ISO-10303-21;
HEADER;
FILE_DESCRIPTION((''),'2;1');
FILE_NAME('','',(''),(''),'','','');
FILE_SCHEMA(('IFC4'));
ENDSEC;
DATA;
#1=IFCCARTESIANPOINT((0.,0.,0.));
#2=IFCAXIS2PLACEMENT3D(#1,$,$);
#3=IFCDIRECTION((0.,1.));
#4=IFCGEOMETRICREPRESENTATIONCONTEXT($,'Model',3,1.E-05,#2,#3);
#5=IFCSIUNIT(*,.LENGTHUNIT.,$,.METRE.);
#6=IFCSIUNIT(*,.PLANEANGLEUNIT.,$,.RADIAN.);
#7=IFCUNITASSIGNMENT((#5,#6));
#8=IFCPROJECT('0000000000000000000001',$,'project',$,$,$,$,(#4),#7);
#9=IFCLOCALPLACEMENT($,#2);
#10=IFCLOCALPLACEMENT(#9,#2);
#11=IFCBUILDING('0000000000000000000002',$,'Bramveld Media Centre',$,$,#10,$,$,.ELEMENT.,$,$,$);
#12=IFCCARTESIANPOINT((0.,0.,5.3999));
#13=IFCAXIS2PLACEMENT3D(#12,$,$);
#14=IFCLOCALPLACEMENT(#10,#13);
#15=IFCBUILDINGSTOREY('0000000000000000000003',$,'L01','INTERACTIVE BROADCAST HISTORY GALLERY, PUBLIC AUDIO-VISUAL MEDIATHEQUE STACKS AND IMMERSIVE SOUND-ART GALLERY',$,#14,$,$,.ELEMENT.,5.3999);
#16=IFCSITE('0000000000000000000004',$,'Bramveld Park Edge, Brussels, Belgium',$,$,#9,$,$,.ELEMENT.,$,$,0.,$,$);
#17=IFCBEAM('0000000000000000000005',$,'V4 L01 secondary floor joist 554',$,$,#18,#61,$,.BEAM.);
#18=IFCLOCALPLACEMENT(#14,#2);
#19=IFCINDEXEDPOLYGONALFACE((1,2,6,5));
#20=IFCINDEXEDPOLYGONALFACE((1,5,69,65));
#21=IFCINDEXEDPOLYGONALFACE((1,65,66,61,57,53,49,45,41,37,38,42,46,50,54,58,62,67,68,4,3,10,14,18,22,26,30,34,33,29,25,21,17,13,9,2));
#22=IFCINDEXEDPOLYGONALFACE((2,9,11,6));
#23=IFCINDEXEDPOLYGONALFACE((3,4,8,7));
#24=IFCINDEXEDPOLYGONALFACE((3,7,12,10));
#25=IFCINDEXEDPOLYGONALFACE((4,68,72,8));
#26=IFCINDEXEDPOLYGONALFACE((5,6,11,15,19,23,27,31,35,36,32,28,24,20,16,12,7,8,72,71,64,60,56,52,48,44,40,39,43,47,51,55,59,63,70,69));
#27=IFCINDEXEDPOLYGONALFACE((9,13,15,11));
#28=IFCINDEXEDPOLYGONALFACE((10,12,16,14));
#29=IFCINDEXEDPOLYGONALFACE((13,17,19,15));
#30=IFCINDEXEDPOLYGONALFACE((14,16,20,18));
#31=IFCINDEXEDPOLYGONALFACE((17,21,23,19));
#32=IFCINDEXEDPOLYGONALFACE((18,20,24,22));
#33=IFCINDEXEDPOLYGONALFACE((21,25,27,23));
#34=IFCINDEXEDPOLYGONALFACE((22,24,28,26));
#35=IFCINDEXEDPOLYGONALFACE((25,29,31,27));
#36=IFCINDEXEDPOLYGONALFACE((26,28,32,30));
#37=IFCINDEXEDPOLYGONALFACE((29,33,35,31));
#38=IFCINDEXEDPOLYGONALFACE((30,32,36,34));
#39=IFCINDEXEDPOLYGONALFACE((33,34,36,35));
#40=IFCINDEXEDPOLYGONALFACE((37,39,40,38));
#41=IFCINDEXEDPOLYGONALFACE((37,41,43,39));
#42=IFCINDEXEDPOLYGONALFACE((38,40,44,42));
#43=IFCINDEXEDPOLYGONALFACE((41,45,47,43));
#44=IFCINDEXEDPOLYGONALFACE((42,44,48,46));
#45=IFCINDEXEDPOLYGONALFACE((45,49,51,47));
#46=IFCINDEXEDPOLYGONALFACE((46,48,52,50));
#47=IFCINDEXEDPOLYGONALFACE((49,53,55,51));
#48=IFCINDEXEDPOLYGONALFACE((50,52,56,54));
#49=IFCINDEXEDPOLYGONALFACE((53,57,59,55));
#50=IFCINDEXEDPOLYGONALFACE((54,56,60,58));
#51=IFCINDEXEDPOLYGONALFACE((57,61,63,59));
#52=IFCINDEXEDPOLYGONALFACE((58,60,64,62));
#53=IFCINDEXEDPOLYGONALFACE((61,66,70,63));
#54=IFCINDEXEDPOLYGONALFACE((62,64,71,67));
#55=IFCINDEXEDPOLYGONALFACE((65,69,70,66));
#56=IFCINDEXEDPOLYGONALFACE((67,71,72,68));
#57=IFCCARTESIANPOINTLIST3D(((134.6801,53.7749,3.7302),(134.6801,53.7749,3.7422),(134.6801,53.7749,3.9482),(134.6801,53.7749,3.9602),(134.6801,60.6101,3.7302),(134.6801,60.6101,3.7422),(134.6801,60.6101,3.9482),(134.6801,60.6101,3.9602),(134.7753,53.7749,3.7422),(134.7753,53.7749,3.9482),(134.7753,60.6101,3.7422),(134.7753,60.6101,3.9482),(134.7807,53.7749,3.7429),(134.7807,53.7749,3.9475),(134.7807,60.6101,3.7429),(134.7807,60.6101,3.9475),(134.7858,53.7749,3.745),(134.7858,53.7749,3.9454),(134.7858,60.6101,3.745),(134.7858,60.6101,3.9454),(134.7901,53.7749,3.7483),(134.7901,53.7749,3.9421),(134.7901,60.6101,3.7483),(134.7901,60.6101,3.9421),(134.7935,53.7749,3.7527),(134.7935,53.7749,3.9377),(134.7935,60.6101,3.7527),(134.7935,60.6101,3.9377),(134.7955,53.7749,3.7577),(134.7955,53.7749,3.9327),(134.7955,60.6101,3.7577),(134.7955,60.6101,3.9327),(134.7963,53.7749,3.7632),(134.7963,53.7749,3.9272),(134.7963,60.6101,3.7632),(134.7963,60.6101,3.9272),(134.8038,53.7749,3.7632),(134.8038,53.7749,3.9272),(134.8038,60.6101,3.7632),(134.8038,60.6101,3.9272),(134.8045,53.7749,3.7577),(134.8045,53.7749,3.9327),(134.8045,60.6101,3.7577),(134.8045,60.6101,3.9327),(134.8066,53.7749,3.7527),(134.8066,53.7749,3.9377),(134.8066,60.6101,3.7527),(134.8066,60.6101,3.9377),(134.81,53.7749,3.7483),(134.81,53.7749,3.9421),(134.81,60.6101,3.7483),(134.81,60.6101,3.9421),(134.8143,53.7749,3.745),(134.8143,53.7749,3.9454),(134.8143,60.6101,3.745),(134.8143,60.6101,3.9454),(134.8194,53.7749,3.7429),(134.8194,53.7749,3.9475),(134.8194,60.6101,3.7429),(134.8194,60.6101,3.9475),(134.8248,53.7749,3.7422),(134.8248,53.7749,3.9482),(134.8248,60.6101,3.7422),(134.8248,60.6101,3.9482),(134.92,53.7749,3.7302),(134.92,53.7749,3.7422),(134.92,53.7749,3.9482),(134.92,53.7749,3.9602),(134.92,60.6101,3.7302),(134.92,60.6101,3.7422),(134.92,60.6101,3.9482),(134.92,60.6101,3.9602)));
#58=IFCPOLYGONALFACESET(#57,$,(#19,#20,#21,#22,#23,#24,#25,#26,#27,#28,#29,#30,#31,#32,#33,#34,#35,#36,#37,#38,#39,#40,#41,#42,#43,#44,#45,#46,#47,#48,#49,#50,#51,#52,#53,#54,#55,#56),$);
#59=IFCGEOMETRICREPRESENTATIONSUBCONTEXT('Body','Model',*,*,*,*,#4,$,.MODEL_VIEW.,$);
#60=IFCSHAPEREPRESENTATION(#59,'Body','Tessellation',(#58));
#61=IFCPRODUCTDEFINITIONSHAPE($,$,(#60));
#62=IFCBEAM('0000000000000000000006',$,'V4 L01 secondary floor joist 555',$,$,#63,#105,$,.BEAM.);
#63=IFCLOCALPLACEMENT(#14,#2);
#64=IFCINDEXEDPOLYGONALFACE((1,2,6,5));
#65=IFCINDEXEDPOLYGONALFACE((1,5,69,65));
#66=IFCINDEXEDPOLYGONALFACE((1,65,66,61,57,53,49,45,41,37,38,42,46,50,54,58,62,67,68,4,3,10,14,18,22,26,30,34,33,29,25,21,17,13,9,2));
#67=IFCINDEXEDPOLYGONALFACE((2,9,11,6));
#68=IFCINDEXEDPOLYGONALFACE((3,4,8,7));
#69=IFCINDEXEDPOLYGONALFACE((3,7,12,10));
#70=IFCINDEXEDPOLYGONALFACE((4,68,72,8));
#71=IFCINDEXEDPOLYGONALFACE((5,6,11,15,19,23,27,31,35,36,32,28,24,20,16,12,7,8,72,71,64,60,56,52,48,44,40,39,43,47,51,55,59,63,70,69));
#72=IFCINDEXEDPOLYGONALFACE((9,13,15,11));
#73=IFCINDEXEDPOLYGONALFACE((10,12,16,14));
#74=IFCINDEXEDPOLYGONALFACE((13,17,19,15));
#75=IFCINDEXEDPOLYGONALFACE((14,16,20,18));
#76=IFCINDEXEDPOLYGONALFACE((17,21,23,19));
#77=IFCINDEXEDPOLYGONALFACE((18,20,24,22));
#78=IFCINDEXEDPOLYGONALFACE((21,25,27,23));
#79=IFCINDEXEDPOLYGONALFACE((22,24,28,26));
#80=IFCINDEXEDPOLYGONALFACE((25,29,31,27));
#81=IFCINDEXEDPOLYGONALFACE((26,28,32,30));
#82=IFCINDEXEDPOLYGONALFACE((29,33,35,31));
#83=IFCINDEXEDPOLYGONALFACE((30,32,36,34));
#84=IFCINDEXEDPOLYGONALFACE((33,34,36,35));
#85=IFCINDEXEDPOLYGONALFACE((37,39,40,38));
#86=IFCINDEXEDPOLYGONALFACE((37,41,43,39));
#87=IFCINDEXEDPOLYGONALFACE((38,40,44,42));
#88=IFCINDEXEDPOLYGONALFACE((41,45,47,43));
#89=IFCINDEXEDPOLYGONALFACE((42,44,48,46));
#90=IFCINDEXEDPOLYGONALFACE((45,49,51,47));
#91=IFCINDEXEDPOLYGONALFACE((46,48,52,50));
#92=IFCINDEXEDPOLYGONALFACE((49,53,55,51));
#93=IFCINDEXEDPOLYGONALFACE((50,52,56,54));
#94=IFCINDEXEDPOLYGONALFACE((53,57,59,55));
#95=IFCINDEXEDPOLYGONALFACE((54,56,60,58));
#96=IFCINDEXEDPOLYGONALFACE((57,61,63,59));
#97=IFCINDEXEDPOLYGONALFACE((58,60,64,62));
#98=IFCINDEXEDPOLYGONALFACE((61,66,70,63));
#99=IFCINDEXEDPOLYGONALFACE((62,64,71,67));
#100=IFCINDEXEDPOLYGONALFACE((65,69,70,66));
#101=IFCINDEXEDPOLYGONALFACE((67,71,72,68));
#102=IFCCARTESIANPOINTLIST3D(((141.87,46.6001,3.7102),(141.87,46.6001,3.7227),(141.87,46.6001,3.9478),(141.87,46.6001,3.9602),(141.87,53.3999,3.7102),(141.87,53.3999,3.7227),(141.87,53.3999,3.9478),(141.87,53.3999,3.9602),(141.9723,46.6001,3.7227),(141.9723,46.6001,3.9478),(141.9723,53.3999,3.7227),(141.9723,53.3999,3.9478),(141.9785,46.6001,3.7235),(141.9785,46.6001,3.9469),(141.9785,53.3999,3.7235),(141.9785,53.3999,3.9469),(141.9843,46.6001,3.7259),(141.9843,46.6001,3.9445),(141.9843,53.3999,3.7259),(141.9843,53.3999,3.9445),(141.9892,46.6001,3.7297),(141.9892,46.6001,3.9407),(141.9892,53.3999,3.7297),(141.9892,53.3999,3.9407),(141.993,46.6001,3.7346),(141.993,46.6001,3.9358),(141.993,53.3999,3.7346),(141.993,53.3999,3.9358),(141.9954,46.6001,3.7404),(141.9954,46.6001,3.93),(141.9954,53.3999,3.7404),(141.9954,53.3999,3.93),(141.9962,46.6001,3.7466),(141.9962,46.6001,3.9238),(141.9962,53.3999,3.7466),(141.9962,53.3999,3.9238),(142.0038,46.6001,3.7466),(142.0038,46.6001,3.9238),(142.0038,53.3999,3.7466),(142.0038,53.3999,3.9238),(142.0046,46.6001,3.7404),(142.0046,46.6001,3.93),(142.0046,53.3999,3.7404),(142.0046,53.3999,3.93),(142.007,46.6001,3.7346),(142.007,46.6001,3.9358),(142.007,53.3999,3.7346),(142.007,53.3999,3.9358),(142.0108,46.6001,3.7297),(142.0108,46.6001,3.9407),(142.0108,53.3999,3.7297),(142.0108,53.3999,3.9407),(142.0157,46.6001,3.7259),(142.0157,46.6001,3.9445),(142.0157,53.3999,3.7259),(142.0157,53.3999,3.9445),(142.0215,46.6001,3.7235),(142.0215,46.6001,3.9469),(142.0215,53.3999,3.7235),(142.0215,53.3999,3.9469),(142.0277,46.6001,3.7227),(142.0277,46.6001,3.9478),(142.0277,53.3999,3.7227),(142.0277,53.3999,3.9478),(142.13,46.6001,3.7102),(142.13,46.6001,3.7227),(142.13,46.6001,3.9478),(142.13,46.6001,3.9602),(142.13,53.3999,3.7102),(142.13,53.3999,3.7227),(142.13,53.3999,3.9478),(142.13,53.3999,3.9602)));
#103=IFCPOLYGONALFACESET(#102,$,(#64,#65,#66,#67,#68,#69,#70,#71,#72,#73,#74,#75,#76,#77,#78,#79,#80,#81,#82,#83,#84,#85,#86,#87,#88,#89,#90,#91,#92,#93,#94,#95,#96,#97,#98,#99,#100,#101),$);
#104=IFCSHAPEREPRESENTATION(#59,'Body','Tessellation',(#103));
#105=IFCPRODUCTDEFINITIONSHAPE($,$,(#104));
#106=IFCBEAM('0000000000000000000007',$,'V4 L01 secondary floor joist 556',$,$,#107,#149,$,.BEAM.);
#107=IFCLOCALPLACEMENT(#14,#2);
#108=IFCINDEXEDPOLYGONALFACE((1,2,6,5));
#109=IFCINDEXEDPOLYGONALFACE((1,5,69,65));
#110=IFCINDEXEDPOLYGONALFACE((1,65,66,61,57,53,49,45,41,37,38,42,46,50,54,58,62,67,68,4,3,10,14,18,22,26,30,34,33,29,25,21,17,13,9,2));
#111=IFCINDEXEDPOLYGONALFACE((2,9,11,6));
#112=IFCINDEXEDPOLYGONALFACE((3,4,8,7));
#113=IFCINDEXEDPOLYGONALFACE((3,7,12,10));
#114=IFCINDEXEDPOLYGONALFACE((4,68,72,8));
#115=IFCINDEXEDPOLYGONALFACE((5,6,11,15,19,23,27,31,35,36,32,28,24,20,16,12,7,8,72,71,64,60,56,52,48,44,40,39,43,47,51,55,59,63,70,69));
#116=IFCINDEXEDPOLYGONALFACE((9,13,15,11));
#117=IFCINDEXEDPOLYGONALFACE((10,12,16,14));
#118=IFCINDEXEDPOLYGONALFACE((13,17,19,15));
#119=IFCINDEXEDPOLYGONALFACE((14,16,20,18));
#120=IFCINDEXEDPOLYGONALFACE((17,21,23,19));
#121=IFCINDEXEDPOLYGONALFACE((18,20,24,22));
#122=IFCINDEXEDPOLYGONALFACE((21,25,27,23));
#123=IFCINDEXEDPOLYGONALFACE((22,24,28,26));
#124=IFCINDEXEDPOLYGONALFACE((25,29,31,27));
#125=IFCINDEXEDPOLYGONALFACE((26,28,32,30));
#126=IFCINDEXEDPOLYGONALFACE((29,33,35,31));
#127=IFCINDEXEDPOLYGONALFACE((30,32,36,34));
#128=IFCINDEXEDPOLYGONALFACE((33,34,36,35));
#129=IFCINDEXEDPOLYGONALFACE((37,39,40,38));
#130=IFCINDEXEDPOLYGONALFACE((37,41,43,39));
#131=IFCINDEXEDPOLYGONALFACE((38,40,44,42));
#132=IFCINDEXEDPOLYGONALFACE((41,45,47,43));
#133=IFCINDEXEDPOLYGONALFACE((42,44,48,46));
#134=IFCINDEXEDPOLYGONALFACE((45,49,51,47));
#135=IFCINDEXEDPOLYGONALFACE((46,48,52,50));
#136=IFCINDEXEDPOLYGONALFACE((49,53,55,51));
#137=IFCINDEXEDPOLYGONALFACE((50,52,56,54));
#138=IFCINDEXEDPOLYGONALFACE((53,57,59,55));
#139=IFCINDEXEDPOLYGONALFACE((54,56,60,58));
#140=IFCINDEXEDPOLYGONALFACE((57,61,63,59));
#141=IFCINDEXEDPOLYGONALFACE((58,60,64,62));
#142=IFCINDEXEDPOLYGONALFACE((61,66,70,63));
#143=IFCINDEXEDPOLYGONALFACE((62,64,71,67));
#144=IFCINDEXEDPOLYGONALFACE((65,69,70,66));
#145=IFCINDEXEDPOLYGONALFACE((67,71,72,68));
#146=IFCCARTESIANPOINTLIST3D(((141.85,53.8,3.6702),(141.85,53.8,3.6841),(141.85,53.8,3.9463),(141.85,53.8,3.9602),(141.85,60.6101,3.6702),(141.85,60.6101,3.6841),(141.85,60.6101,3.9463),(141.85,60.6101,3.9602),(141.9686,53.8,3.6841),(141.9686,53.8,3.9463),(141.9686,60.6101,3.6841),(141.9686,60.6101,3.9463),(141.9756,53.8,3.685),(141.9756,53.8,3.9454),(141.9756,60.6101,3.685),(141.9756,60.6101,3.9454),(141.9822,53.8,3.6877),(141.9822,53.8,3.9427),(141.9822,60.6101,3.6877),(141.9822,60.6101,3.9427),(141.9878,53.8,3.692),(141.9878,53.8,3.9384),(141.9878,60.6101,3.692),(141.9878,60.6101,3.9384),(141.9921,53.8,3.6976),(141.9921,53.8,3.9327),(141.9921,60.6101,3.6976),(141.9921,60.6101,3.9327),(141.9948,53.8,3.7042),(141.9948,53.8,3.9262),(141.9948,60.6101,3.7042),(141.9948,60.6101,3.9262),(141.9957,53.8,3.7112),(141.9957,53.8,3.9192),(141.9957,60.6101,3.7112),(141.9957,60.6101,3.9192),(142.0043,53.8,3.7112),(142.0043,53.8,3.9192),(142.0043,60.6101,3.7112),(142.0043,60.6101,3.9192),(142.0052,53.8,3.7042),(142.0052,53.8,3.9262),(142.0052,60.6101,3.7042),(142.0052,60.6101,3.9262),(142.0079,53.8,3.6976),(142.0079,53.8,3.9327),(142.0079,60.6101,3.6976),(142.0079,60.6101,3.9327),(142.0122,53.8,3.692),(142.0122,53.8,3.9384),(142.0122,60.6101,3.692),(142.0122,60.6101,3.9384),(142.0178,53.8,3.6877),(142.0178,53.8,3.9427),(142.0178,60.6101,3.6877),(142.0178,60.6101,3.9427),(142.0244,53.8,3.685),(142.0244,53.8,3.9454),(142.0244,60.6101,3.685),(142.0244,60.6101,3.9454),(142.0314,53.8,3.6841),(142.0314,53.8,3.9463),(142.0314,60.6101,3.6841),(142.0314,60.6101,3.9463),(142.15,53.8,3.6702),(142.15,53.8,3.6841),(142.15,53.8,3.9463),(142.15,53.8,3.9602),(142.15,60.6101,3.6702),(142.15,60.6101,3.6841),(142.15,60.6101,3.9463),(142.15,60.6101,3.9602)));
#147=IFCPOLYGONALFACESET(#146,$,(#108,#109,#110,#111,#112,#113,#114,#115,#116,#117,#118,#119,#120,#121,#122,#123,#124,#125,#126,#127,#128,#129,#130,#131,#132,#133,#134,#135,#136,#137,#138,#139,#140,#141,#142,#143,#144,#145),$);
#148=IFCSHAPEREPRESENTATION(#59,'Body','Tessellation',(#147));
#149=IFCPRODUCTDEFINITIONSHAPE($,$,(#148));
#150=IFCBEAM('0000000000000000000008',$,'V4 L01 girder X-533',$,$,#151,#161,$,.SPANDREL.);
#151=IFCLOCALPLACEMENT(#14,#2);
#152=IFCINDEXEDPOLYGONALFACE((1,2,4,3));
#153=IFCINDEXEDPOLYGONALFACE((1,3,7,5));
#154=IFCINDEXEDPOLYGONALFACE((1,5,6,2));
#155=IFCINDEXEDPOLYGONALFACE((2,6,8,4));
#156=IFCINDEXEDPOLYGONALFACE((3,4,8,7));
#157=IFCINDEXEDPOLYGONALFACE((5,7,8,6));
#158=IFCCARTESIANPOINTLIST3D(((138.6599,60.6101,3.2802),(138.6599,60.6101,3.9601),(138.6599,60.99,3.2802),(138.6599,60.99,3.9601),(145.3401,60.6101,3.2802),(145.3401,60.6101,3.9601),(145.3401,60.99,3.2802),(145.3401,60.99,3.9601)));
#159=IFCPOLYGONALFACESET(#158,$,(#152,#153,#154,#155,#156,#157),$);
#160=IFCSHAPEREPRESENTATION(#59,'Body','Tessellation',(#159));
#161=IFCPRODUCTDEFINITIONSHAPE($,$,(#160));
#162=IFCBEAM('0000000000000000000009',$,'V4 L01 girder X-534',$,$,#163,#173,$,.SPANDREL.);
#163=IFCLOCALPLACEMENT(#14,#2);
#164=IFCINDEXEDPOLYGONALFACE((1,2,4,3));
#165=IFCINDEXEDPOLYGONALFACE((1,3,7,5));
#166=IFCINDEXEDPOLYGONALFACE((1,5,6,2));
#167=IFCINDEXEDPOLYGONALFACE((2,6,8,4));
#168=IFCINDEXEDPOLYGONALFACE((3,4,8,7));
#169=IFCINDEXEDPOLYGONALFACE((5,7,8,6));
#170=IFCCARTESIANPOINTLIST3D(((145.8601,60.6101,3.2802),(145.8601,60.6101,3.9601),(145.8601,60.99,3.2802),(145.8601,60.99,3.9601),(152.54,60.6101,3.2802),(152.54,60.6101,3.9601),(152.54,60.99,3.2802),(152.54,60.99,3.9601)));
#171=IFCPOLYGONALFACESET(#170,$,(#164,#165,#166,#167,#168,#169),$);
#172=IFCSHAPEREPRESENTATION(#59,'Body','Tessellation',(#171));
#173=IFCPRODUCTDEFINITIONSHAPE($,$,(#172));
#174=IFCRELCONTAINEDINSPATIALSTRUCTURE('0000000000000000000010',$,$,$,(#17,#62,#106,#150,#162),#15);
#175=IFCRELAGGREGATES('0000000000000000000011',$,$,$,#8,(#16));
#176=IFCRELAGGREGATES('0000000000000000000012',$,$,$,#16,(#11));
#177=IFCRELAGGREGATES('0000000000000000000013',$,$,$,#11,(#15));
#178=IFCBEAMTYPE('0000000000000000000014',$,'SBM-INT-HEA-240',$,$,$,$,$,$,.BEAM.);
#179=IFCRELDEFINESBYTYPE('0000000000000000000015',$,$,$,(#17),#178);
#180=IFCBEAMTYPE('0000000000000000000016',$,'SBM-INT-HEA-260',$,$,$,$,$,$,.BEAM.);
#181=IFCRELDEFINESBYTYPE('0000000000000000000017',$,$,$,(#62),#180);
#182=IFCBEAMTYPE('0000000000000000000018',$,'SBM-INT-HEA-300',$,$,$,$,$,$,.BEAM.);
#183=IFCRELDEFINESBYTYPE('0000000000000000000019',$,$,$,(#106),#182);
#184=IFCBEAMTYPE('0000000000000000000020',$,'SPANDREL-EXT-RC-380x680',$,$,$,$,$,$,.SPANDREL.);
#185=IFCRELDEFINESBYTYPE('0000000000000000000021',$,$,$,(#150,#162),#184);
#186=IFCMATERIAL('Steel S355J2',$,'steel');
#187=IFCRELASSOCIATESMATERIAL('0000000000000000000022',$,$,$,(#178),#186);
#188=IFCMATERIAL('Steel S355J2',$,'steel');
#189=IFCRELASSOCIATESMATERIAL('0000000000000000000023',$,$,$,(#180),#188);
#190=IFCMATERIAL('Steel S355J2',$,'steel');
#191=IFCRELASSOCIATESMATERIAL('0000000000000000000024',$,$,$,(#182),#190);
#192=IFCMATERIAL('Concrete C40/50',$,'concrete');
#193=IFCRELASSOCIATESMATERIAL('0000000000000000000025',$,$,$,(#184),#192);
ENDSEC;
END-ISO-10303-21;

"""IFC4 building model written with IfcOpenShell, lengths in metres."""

from ifc_helpers import new_model, si_unit, direction, frame, origin, origin_2d, place, context, subcontext, project, spatial, rectangle, i_section, extrude, material, material_profile, profile_set, type_object, element, save


model = new_model("IFC4")

# Units and contexts
model_context = context("Model", 3, precision=1e-05, world=origin(), true_north=direction((0.0, 1.0)))
body_context = subcontext(model_context, "Body", "Model", "MODEL_VIEW")
ifc_project = project(units=[si_unit("LENGTHUNIT", "METRE"), si_unit("PLANEANGLEUNIT", "RADIAN")], contexts=[model_context])

# Site, building, storey
site_placement = place(None, origin())
site = spatial("IfcSite", under=ifc_project, at=site_placement, Name="Bramveld Park Edge, Brussels, Belgium", CompositionType="ELEMENT", RefElevation=0.0)
building_placement = place(site_placement, origin())
building = spatial("IfcBuilding", under=site, at=building_placement, Name="Bramveld Media Centre", CompositionType="ELEMENT")
storey_placement = place(building_placement, frame((0.0, 0.0, 5.3999)))
storey = spatial("IfcBuildingStorey", under=building, at=storey_placement, Name="L01", Description="INTERACTIVE BROADCAST HISTORY GALLERY, PUBLIC AUDIO-VISUAL MEDIATHEQUE STACKS AND IMMERSIVE SOUND-ART GALLERY", CompositionType="ELEMENT", Elevation=5.3999)

# Beams
ifc_material_1 = material(Name="Steel S355J2", Category="steel")
ifc_material_profile_1 = material_profile(ifc_material_1, i_section(OverallWidth=0.24, OverallDepth=0.23, WebThickness=0.0076, FlangeThickness=0.012, FilletRadius=0.021, at=origin_2d()), Name="HEA 240")
ifc_profile_set_1 = profile_set([ifc_material_profile_1], Name="Steel S355J2")
beam_type_1 = type_object("IfcBeamType", Name="SBM-INT-HEA-240", PredefinedType="BEAM", material=ifc_profile_set_1)
beam_1_placement = place(storey_placement, frame((134.8, 53.7749, 3.8452), z_axis=(0.0, 1.0, 0.0), x_axis=(-1.0, 0.0, 0.0)))
element("IfcBeam", 1, at=beam_1_placement, inside=storey, type_object=beam_type_1, Name="V4 L01 secondary floor joist 554", PredefinedType="BEAM", context=body_context, shape_type="SweptSolid", body=[
    extrude(i_section(OverallWidth=0.24, OverallDepth=0.23, WebThickness=0.0076, FlangeThickness=0.012, FilletRadius=0.021, at=origin_2d()), origin(), (0.0, 0.0, 1.0), 6.8352),
])
ifc_material_2 = material(Name="Steel S355J2", Category="steel")
ifc_material_profile_2 = material_profile(ifc_material_2, i_section(OverallWidth=0.26, OverallDepth=0.25, WebThickness=0.0076, FlangeThickness=0.0125, FilletRadius=0.0239, at=origin_2d()), Name="HEA 260")
ifc_profile_set_2 = profile_set([ifc_material_profile_2], Name="Steel S355J2")
beam_type_2 = type_object("IfcBeamType", Name="SBM-INT-HEA-260", PredefinedType="BEAM", material=ifc_profile_set_2)
beam_2_placement = place(storey_placement, frame((142.0, 46.6001, 3.8352), z_axis=(0.0, 1.0, 0.0), x_axis=(-1.0, 0.0, 0.0)))
element("IfcBeam", 2, at=beam_2_placement, inside=storey, type_object=beam_type_2, Name="V4 L01 secondary floor joist 555", PredefinedType="BEAM", context=body_context, shape_type="SweptSolid", body=[
    extrude(i_section(OverallWidth=0.26, OverallDepth=0.25, WebThickness=0.0076, FlangeThickness=0.0125, FilletRadius=0.0239, at=origin_2d()), origin(), (0.0, 0.0, 1.0), 6.7998),
])
ifc_material_3 = material(Name="Steel S355J2", Category="steel")
ifc_material_profile_3 = material_profile(ifc_material_3, i_section(OverallWidth=0.3, OverallDepth=0.29, WebThickness=0.0085, FlangeThickness=0.0139, FilletRadius=0.0271, at=origin_2d()), Name="HEA 300")
ifc_profile_set_3 = profile_set([ifc_material_profile_3], Name="Steel S355J2")
beam_type_3 = type_object("IfcBeamType", Name="SBM-INT-HEA-300", PredefinedType="BEAM", material=ifc_profile_set_3)
beam_3_placement = place(storey_placement, frame((142.0, 53.8, 3.8152), z_axis=(0.0, 1.0, 0.0), x_axis=(-1.0, 0.0, 0.0)))
element("IfcBeam", 3, at=beam_3_placement, inside=storey, type_object=beam_type_3, Name="V4 L01 secondary floor joist 556", PredefinedType="BEAM", context=body_context, shape_type="SweptSolid", body=[
    extrude(i_section(OverallWidth=0.3, OverallDepth=0.29, WebThickness=0.0085, FlangeThickness=0.0139, FilletRadius=0.0271, at=origin_2d()), origin(), (0.0, 0.0, 1.0), 6.8101),
])
ifc_material_4 = material(Name="Concrete C40/50", Category="concrete")
ifc_material_profile_4 = material_profile(ifc_material_4, rectangle(XDim=0.3799, YDim=0.6799, at=origin_2d()), Name="RC 380x680")
ifc_profile_set_4 = profile_set([ifc_material_profile_4], Name="Concrete C40/50")
beam_type_4 = type_object("IfcBeamType", Name="SPANDREL-EXT-RC-380x680", PredefinedType="SPANDREL", material=ifc_profile_set_4)
beam_4_placement = place(storey_placement, frame((138.6599, 60.8, 3.6201), z_axis=(1.0, 0.0, 0.0), x_axis=(0.0, 1.0, 0.0)))
element("IfcBeam", 4, at=beam_4_placement, inside=storey, type_object=beam_type_4, Name="V4 L01 girder X-533", PredefinedType="SPANDREL", context=body_context, shape_type="SweptSolid", body=[
    extrude(rectangle(XDim=0.3799, YDim=0.6799, at=origin_2d()), origin(), (0.0, 0.0, 1.0), 6.6802),
])
beam_5_placement = place(storey_placement, frame((145.8601, 60.8, 3.6201), z_axis=(1.0, 0.0, 0.0), x_axis=(0.0, 1.0, 0.0)))
element("IfcBeam", 5, at=beam_5_placement, inside=storey, type_object=beam_type_4, Name="V4 L01 girder X-534", PredefinedType="SPANDREL", context=body_context, shape_type="SweptSolid", body=[
    extrude(rectangle(XDim=0.3799, YDim=0.6799, at=origin_2d()), origin(), (0.0, 0.0, 1.0), 6.6799),
])

save(model, "model.ifc")
